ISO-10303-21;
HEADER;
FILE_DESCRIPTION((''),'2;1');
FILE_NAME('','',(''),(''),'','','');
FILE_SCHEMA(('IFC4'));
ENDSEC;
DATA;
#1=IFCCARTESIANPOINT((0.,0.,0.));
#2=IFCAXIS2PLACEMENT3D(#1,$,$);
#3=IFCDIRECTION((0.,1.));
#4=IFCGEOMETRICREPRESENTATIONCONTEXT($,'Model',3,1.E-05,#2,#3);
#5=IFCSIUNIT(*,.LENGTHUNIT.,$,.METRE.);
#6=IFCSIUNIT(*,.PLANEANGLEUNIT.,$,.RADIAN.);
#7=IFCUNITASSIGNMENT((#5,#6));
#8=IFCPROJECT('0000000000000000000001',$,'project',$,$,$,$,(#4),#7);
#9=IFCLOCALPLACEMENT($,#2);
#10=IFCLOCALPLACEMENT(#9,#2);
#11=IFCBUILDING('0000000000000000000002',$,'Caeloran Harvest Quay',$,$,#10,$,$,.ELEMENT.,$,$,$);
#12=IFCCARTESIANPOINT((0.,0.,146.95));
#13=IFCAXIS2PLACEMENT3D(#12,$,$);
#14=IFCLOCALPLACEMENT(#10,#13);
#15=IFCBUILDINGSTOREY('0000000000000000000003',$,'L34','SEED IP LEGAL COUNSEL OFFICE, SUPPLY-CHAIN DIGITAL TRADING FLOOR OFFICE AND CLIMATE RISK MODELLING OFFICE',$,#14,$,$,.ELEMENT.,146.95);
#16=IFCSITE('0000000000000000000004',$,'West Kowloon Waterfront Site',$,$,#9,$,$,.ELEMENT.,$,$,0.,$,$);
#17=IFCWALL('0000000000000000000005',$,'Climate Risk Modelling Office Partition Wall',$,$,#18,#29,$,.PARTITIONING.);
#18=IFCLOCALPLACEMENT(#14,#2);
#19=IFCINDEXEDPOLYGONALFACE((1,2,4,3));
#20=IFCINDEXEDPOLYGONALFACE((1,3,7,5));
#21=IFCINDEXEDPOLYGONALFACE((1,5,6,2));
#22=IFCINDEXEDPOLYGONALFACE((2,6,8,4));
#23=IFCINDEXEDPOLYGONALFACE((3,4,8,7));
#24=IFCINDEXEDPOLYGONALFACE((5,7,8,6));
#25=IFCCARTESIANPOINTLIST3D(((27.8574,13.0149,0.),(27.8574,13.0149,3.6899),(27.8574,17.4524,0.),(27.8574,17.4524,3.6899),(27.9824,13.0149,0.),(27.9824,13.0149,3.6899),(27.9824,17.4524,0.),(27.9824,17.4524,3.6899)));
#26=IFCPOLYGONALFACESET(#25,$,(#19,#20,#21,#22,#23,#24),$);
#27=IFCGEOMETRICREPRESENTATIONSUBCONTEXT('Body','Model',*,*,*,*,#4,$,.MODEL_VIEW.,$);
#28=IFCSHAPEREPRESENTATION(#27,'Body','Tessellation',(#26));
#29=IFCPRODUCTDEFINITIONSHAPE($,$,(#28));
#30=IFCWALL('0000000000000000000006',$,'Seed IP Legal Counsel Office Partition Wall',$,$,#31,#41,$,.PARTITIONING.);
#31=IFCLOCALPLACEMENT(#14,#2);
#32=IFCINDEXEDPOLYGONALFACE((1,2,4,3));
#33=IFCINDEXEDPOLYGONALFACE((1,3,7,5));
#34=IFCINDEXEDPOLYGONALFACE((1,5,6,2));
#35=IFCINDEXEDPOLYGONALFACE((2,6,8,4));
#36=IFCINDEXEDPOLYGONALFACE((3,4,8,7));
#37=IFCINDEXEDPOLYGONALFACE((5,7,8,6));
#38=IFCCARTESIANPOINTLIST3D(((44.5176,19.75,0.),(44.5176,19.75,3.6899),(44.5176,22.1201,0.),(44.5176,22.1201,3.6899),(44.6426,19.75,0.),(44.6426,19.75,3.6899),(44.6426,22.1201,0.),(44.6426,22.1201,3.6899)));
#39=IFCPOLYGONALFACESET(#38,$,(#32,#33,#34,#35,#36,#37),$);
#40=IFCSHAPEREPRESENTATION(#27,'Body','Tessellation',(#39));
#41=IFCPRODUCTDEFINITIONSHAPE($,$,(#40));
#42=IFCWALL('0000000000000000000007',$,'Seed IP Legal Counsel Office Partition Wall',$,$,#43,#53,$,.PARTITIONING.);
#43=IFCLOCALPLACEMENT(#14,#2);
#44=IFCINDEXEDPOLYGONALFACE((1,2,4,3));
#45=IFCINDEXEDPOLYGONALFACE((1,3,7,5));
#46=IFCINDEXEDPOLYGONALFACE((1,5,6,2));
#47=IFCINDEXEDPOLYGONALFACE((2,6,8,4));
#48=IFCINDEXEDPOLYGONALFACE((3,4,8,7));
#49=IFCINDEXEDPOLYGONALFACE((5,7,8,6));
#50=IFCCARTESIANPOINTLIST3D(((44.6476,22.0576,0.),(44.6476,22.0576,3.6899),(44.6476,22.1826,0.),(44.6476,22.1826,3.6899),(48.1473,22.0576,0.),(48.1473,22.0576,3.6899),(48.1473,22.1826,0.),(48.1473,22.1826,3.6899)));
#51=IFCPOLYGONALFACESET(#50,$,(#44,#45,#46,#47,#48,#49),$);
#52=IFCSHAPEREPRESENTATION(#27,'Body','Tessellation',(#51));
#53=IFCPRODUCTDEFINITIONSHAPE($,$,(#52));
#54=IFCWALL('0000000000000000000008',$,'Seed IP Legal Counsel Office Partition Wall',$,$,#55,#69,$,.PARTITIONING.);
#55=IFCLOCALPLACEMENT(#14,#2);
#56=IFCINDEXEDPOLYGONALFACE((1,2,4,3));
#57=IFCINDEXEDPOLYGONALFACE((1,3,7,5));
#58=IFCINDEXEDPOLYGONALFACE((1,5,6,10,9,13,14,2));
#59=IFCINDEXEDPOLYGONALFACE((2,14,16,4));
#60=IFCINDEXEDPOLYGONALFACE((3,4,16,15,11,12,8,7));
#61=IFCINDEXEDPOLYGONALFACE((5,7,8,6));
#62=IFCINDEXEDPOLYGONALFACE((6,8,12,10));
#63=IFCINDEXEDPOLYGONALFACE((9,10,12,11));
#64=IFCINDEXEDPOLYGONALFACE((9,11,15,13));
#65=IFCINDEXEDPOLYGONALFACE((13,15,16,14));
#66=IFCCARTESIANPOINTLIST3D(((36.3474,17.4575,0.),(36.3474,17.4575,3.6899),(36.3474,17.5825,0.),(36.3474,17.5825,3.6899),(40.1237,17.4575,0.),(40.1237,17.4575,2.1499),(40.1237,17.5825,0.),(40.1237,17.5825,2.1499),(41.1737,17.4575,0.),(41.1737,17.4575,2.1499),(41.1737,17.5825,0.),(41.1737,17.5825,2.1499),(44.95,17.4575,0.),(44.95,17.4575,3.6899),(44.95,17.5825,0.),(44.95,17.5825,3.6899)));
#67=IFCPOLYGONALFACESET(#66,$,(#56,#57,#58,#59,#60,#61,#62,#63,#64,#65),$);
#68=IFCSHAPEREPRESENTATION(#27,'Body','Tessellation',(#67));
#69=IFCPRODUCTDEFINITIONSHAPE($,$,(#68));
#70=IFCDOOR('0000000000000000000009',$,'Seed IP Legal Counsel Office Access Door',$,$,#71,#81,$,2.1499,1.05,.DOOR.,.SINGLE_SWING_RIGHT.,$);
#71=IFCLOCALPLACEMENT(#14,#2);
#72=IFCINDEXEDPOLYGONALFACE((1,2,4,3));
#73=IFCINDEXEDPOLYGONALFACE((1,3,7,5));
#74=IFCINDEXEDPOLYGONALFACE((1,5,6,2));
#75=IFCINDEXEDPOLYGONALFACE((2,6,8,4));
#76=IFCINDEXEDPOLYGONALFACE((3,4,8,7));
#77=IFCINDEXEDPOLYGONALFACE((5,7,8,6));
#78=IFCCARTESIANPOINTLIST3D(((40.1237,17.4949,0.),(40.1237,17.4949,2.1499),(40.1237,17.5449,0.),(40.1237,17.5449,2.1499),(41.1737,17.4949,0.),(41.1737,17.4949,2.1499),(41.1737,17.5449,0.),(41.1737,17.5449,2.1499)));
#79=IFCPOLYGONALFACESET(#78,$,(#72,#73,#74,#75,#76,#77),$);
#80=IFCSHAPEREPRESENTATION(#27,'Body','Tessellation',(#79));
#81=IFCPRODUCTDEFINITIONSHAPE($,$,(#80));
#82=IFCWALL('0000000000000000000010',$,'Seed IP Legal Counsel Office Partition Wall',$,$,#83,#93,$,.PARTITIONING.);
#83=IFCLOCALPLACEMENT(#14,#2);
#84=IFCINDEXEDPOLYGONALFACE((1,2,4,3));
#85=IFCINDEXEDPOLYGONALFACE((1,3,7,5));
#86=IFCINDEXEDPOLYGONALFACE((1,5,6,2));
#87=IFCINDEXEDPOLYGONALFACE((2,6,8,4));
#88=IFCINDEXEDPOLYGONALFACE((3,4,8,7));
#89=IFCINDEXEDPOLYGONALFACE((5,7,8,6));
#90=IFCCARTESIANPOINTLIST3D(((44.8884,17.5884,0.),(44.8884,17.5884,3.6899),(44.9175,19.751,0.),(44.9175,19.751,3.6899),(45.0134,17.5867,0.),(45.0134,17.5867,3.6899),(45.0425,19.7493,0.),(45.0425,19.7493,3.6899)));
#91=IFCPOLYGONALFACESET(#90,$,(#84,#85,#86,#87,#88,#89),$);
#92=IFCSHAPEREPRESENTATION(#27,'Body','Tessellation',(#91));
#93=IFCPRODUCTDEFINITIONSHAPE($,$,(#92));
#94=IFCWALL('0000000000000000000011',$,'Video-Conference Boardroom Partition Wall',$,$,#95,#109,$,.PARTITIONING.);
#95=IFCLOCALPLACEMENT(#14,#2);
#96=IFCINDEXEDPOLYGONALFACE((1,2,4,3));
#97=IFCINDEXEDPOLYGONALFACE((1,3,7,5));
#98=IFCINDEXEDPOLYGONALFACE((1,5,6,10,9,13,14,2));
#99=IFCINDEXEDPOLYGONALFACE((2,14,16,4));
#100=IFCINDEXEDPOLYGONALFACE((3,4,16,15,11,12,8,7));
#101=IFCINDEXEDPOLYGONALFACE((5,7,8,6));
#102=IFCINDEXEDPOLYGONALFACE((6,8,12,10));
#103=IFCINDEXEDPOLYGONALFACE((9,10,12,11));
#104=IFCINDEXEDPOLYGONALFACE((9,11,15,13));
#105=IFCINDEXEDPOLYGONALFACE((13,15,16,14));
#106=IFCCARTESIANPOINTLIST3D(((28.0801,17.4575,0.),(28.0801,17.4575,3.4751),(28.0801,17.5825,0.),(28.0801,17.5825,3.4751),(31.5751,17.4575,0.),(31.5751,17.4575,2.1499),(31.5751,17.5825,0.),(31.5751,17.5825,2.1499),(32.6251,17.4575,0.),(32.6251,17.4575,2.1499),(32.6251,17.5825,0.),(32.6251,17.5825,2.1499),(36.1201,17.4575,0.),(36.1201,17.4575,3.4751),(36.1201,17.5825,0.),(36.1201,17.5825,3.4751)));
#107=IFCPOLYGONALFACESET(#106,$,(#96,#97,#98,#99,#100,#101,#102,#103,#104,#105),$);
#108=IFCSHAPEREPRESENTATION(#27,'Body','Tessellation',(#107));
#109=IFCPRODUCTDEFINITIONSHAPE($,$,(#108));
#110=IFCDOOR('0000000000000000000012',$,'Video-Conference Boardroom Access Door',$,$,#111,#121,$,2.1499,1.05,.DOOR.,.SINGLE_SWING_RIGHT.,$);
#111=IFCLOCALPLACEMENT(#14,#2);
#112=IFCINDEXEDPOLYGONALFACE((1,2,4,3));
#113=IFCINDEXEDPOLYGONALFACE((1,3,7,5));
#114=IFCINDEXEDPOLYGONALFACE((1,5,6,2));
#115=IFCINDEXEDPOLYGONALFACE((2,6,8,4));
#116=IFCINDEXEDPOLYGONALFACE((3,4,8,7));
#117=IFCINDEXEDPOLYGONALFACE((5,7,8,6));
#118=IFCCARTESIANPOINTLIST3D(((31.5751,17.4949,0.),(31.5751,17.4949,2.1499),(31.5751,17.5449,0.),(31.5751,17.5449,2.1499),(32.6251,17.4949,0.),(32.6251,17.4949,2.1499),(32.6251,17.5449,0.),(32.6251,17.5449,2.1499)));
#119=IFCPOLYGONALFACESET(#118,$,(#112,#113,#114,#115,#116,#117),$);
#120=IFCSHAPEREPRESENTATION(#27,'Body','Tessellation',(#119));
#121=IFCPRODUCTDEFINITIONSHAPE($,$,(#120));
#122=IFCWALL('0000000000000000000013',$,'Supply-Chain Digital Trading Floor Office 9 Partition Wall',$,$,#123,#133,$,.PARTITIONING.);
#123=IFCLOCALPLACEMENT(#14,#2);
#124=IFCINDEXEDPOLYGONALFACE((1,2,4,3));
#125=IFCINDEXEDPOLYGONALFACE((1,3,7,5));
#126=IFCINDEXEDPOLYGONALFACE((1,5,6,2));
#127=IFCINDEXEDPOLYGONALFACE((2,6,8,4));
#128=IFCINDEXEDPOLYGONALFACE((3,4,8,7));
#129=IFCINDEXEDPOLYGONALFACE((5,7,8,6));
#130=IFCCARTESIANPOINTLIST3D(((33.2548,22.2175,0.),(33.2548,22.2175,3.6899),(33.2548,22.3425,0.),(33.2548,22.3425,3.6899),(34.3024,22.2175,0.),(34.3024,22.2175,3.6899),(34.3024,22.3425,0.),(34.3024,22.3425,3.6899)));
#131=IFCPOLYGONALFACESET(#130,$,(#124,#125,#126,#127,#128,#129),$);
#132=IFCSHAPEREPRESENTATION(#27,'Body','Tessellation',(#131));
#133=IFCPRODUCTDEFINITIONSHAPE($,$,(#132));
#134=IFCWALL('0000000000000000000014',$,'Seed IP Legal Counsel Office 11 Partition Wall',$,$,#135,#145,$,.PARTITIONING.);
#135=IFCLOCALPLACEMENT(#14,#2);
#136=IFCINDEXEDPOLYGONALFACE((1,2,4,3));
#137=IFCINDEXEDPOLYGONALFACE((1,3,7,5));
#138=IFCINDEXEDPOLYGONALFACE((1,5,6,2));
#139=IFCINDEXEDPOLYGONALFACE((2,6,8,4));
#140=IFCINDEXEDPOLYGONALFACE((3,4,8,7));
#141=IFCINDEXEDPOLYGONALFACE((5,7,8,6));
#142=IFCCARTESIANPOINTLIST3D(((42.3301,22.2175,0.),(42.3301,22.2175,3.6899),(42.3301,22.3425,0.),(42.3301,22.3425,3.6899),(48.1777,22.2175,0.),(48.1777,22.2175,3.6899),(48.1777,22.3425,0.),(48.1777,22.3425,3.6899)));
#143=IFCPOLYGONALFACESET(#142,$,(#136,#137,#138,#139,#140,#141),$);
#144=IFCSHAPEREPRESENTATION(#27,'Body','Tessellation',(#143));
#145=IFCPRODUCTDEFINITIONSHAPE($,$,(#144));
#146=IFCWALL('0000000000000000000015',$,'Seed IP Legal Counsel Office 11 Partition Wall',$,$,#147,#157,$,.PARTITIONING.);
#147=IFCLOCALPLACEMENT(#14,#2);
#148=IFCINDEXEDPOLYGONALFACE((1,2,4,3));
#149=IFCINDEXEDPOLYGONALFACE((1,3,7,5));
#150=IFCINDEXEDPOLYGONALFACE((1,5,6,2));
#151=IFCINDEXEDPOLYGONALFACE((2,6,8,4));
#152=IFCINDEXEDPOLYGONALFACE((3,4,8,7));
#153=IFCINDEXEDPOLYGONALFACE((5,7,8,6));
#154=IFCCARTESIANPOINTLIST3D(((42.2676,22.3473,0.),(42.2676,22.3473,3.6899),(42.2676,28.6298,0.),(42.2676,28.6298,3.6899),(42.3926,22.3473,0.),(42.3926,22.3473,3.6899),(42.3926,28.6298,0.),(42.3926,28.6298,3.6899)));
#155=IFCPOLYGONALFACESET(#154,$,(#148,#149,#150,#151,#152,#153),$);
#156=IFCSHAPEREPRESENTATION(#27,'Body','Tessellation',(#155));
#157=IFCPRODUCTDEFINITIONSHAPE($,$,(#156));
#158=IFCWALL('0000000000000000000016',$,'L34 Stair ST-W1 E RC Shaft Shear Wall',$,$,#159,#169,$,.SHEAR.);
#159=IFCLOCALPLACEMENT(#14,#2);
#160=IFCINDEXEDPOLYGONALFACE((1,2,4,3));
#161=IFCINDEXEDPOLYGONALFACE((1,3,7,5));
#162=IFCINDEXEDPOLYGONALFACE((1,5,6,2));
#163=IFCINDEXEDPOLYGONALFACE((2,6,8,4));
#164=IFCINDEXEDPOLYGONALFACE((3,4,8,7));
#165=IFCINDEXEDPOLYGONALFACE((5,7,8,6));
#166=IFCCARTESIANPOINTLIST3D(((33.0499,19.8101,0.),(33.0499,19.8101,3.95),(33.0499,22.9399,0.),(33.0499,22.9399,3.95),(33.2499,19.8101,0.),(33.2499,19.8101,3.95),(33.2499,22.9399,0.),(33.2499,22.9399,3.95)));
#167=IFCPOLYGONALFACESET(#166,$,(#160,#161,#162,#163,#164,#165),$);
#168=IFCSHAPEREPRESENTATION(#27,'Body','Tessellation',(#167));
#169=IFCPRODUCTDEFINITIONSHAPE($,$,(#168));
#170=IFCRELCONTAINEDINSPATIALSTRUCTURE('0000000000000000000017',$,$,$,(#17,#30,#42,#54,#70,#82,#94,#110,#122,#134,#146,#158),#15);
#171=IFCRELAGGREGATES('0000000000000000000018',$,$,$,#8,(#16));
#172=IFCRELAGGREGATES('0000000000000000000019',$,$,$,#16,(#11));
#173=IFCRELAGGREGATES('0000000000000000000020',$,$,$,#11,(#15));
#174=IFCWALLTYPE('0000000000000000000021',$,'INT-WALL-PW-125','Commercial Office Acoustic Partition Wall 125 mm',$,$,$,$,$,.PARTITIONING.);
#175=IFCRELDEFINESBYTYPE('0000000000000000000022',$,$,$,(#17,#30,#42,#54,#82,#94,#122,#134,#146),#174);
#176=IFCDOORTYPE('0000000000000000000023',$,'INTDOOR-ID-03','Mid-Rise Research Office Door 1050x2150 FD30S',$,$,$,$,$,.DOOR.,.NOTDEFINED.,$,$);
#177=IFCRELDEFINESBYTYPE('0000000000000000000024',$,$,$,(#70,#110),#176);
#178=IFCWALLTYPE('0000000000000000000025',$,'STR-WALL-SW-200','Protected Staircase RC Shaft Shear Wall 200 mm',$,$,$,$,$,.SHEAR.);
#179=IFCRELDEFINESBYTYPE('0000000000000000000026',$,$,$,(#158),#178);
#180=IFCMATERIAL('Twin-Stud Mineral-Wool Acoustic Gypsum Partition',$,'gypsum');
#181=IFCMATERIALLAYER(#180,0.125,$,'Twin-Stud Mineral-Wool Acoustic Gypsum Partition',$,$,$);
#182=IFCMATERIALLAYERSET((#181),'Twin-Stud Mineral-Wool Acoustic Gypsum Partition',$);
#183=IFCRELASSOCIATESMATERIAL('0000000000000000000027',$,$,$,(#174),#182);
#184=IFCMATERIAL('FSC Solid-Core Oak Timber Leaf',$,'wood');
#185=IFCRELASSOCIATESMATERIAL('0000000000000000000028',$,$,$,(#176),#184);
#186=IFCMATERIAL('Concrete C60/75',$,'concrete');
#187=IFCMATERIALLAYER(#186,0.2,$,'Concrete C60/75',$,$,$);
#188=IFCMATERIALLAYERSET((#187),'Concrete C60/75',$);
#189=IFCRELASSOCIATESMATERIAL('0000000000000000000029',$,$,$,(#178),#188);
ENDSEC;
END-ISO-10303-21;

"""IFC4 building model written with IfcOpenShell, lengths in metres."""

from ifc_helpers import new_model, si_unit, direction, frame, frame_2d, origin, place, context, subcontext, project, spatial, rectangle, extrude, material, layer, layer_set, type_object, element, fill, save


model = new_model("IFC4")

# Units and contexts
model_context = context("Model", 3, precision=1e-05, world=origin(), true_north=direction((0.0, 1.0)))
body_context = subcontext(model_context, "Body", "Model", "MODEL_VIEW")
ifc_project = project(units=[si_unit("LENGTHUNIT", "METRE"), si_unit("PLANEANGLEUNIT", "RADIAN")], contexts=[model_context])

# Site, building, storey
site_placement = place(None, origin())
site = spatial("IfcSite", under=ifc_project, at=site_placement, Name="West Kowloon Waterfront Site", CompositionType="ELEMENT", RefElevation=0.0)
building_placement = place(site_placement, origin())
building = spatial("IfcBuilding", under=site, at=building_placement, Name="Caeloran Harvest Quay", CompositionType="ELEMENT")
storey_placement = place(building_placement, frame((0.0, 0.0, 146.95)))
storey = spatial("IfcBuildingStorey", under=building, at=storey_placement, Name="L34", Description="SEED IP LEGAL COUNSEL OFFICE, SUPPLY-CHAIN DIGITAL TRADING FLOOR OFFICE AND CLIMATE RISK MODELLING OFFICE", CompositionType="ELEMENT", Elevation=146.95)

# Walls
ifc_material_1 = material(Name="Twin-Stud Mineral-Wool Acoustic Gypsum Partition", Category="gypsum")
ifc_layer_1 = layer(ifc_material_1, 0.125, Name="Twin-Stud Mineral-Wool Acoustic Gypsum Partition")
ifc_layer_set_1 = layer_set([ifc_layer_1], Name="Twin-Stud Mineral-Wool Acoustic Gypsum Partition")
wall_type_1 = type_object("IfcWallType", Name="INT-WALL-PW-125", Description="Commercial Office Acoustic Partition Wall 125 mm", PredefinedType="PARTITIONING", material=ifc_layer_set_1)
wall_1_placement = place(storey_placement, frame((27.9199, 17.4524, 0.0), z_axis=(0.0, 0.0, 1.0), x_axis=(0.0, -1.0, 0.0)))
element("IfcWall", 1, at=wall_1_placement, inside=storey, type_object=wall_type_1, Name="Climate Risk Modelling Office Partition Wall", PredefinedType="PARTITIONING", context=body_context, shape_type="SweptSolid", body=[
    extrude(rectangle(XDim=4.4375, YDim=0.125, at=frame_2d((2.2188, 0.0))), origin(), (0.0, 0.0, 1.0), 3.6899),
])
wall_2_placement = place(storey_placement, frame((44.5801, 19.75, 0.0), z_axis=(0.0, 0.0, 1.0), x_axis=(0.0, 1.0, 0.0)))
element("IfcWall", 2, at=wall_2_placement, inside=storey, type_object=wall_type_1, Name="Seed IP Legal Counsel Office Partition Wall", PredefinedType="PARTITIONING", context=body_context, shape_type="SweptSolid", body=[
    extrude(rectangle(XDim=2.3701, YDim=0.125, at=frame_2d((1.1851, 0.0))), origin(), (0.0, 0.0, 1.0), 3.6899),
])
wall_3_placement = place(storey_placement, frame((44.6475, 22.1201, 0.0), z_axis=(0.0, 0.0, 1.0), x_axis=(1.0, 0.0, 0.0)))
element("IfcWall", 3, at=wall_3_placement, inside=storey, type_object=wall_type_1, Name="Seed IP Legal Counsel Office Partition Wall", PredefinedType="PARTITIONING", context=body_context, shape_type="SweptSolid", body=[
    extrude(rectangle(XDim=3.4998, YDim=0.125, at=frame_2d((1.75, 0.0))), origin(), (0.0, 0.0, 1.0), 3.6899),
])

# Wall, opening, door
wall_4_placement = place(storey_placement, frame((36.3474, 17.52, 0.0), z_axis=(0.0, 0.0, 1.0), x_axis=(1.0, 0.0, 0.0)))
wall_4 = element("IfcWall", 4, at=wall_4_placement, inside=storey, type_object=wall_type_1, Name="Seed IP Legal Counsel Office Partition Wall", PredefinedType="PARTITIONING", context=body_context, shape_type="SweptSolid", body=[
    extrude(rectangle(XDim=8.6025, YDim=0.125, at=frame_2d((4.3013, 0.0))), origin(), (0.0, 0.0, 1.0), 3.6899),
])
opening_1_placement = place(wall_4_placement, frame((3.7764, 0.0, 0.0)))
opening_1 = element("IfcOpeningElement", 5, at=opening_1_placement, cuts=wall_4, PredefinedType="OPENING", context=body_context, shape_type="SweptSolid", body=[
    extrude(rectangle(XDim=1.05, YDim=2.1499, at=frame_2d((0.5249, 1.075))), frame((0.0, 0.0725, 0.0), z_axis=(0.0, -1.0, 0.0), x_axis=(1.0, 0.0, 0.0)), (0.0, 0.0, 1.0), 0.145),
])
ifc_material_2 = material(Name="FSC Solid-Core Oak Timber Leaf", Category="wood")
door_type = type_object("IfcDoorType", Name="INTDOOR-ID-03", Description="Mid-Rise Research Office Door 1050x2150 FD30S", OperationType="NOTDEFINED", PredefinedType="DOOR", material=ifc_material_2)
door_1_placement = place(opening_1_placement, origin())
door_1 = element("IfcDoor", 6, at=door_1_placement, inside=storey, type_object=door_type, Name="Seed IP Legal Counsel Office Access Door", OperationType="SINGLE_SWING_RIGHT", OverallHeight=2.1499, OverallWidth=1.05, PredefinedType="DOOR", context=body_context, shape_type="SweptSolid", body=[
    extrude(rectangle(XDim=1.05, YDim=2.1499, at=frame_2d((0.5249, 1.075))), frame((0.0, 0.0249, 0.0), z_axis=(0.0, -1.0, 0.0), x_axis=(1.0, 0.0, 0.0)), (0.0, 0.0, 1.0), 0.05),
])
fill(opening_1, door_1)

# Wall
wall_5_placement = place(storey_placement, frame((44.9509, 17.5874, 0.0), z_axis=(0.0, 0.0, 1.0), x_axis=(0.013433, 0.99991, 0.0)))
element("IfcWall", 7, at=wall_5_placement, inside=storey, type_object=wall_type_1, Name="Seed IP Legal Counsel Office Partition Wall", PredefinedType="PARTITIONING", context=body_context, shape_type="SweptSolid", body=[
    extrude(rectangle(XDim=2.1628, YDim=0.125, at=frame_2d((1.0815, 0.0))), origin(), (0.0, 0.0, 1.0), 3.6899),
])

# Wall, opening, door
wall_6_placement = place(storey_placement, frame((28.0801, 17.52, 0.0), z_axis=(0.0, 0.0, 1.0), x_axis=(1.0, 0.0, 0.0)))
wall_6 = element("IfcWall", 8, at=wall_6_placement, inside=storey, type_object=wall_type_1, Name="Video-Conference Boardroom Partition Wall", PredefinedType="PARTITIONING", context=body_context, shape_type="SweptSolid", body=[
    extrude(rectangle(XDim=8.04, YDim=0.125, at=frame_2d((4.02, 0.0))), origin(), (0.0, 0.0, 1.0), 3.4751),
])
opening_2_placement = place(wall_6_placement, frame((3.4951, 0.0, 0.0)))
opening_2 = element("IfcOpeningElement", 9, at=opening_2_placement, cuts=wall_6, PredefinedType="OPENING", context=body_context, shape_type="SweptSolid", body=[
    extrude(rectangle(XDim=1.05, YDim=2.1499, at=frame_2d((0.5249, 1.075))), frame((0.0, 0.0725, 0.0), z_axis=(0.0, -1.0, 0.0), x_axis=(1.0, 0.0, 0.0)), (0.0, 0.0, 1.0), 0.145),
])
door_2_placement = place(opening_2_placement, origin())
door_2 = element("IfcDoor", 10, at=door_2_placement, inside=storey, type_object=door_type, Name="Video-Conference Boardroom Access Door", OperationType="SINGLE_SWING_RIGHT", OverallHeight=2.1499, OverallWidth=1.05, PredefinedType="DOOR", context=body_context, shape_type="SweptSolid", body=[
    extrude(rectangle(XDim=1.05, YDim=2.1499, at=frame_2d((0.5249, 1.075))), frame((0.0, 0.0249, 0.0), z_axis=(0.0, -1.0, 0.0), x_axis=(1.0, 0.0, 0.0)), (0.0, 0.0, 1.0), 0.05),
])
fill(opening_2, door_2)

# Walls
wall_7_placement = place(storey_placement, frame((34.3025, 22.28, 0.0), z_axis=(0.0, 0.0, 1.0), x_axis=(-1.0, 0.0, 0.0)))
element("IfcWall", 11, at=wall_7_placement, inside=storey, type_object=wall_type_1, Name="Supply-Chain Digital Trading Floor Office 9 Partition Wall", PredefinedType="PARTITIONING", context=body_context, shape_type="SweptSolid", body=[
    extrude(rectangle(XDim=1.0476, YDim=0.125, at=frame_2d((0.5239, 0.0))), origin(), (0.0, 0.0, 1.0), 3.6899),
])
wall_8_placement = place(storey_placement, frame((48.1777, 22.28, 0.0), z_axis=(0.0, 0.0, 1.0), x_axis=(-1.0, 0.0, 0.0)))
element("IfcWall", 12, at=wall_8_placement, inside=storey, type_object=wall_type_1, Name="Seed IP Legal Counsel Office 11 Partition Wall", PredefinedType="PARTITIONING", context=body_context, shape_type="SweptSolid", body=[
    extrude(rectangle(XDim=5.8477, YDim=0.125, at=frame_2d((2.9238, 0.0))), origin(), (0.0, 0.0, 1.0), 3.6899),
])
wall_9_placement = place(storey_placement, frame((42.3301, 22.3474, 0.0), z_axis=(0.0, 0.0, 1.0), x_axis=(0.0, 1.0, 0.0)))
element("IfcWall", 13, at=wall_9_placement, inside=storey, type_object=wall_type_1, Name="Seed IP Legal Counsel Office 11 Partition Wall", PredefinedType="PARTITIONING", context=body_context, shape_type="SweptSolid", body=[
    extrude(rectangle(XDim=6.2825, YDim=0.125, at=frame_2d((3.1411, 0.0))), origin(), (0.0, 0.0, 1.0), 3.6899),
])
ifc_material_3 = material(Name="Concrete C60/75", Category="concrete")
ifc_layer_2 = layer(ifc_material_3, 0.2, Name="Concrete C60/75")
ifc_layer_set_2 = layer_set([ifc_layer_2], Name="Concrete C60/75")
wall_type_2 = type_object("IfcWallType", Name="STR-WALL-SW-200", Description="Protected Staircase RC Shaft Shear Wall 200 mm", PredefinedType="SHEAR", material=ifc_layer_set_2)
wall_10_placement = place(storey_placement, frame((33.1499, 19.8101, 0.0), z_axis=(0.0, 0.0, 1.0), x_axis=(0.0, 1.0, 0.0)))
element("IfcWall", 14, at=wall_10_placement, inside=storey, type_object=wall_type_2, Name="L34 Stair ST-W1 E RC Shaft Shear Wall", PredefinedType="SHEAR", context=body_context, shape_type="SweptSolid", body=[
    extrude(rectangle(XDim=3.1299, YDim=0.2, at=frame_2d((1.5649, 0.0))), origin(), (0.0, 0.0, 1.0), 3.95),
])

save(model, "model.ifc")
